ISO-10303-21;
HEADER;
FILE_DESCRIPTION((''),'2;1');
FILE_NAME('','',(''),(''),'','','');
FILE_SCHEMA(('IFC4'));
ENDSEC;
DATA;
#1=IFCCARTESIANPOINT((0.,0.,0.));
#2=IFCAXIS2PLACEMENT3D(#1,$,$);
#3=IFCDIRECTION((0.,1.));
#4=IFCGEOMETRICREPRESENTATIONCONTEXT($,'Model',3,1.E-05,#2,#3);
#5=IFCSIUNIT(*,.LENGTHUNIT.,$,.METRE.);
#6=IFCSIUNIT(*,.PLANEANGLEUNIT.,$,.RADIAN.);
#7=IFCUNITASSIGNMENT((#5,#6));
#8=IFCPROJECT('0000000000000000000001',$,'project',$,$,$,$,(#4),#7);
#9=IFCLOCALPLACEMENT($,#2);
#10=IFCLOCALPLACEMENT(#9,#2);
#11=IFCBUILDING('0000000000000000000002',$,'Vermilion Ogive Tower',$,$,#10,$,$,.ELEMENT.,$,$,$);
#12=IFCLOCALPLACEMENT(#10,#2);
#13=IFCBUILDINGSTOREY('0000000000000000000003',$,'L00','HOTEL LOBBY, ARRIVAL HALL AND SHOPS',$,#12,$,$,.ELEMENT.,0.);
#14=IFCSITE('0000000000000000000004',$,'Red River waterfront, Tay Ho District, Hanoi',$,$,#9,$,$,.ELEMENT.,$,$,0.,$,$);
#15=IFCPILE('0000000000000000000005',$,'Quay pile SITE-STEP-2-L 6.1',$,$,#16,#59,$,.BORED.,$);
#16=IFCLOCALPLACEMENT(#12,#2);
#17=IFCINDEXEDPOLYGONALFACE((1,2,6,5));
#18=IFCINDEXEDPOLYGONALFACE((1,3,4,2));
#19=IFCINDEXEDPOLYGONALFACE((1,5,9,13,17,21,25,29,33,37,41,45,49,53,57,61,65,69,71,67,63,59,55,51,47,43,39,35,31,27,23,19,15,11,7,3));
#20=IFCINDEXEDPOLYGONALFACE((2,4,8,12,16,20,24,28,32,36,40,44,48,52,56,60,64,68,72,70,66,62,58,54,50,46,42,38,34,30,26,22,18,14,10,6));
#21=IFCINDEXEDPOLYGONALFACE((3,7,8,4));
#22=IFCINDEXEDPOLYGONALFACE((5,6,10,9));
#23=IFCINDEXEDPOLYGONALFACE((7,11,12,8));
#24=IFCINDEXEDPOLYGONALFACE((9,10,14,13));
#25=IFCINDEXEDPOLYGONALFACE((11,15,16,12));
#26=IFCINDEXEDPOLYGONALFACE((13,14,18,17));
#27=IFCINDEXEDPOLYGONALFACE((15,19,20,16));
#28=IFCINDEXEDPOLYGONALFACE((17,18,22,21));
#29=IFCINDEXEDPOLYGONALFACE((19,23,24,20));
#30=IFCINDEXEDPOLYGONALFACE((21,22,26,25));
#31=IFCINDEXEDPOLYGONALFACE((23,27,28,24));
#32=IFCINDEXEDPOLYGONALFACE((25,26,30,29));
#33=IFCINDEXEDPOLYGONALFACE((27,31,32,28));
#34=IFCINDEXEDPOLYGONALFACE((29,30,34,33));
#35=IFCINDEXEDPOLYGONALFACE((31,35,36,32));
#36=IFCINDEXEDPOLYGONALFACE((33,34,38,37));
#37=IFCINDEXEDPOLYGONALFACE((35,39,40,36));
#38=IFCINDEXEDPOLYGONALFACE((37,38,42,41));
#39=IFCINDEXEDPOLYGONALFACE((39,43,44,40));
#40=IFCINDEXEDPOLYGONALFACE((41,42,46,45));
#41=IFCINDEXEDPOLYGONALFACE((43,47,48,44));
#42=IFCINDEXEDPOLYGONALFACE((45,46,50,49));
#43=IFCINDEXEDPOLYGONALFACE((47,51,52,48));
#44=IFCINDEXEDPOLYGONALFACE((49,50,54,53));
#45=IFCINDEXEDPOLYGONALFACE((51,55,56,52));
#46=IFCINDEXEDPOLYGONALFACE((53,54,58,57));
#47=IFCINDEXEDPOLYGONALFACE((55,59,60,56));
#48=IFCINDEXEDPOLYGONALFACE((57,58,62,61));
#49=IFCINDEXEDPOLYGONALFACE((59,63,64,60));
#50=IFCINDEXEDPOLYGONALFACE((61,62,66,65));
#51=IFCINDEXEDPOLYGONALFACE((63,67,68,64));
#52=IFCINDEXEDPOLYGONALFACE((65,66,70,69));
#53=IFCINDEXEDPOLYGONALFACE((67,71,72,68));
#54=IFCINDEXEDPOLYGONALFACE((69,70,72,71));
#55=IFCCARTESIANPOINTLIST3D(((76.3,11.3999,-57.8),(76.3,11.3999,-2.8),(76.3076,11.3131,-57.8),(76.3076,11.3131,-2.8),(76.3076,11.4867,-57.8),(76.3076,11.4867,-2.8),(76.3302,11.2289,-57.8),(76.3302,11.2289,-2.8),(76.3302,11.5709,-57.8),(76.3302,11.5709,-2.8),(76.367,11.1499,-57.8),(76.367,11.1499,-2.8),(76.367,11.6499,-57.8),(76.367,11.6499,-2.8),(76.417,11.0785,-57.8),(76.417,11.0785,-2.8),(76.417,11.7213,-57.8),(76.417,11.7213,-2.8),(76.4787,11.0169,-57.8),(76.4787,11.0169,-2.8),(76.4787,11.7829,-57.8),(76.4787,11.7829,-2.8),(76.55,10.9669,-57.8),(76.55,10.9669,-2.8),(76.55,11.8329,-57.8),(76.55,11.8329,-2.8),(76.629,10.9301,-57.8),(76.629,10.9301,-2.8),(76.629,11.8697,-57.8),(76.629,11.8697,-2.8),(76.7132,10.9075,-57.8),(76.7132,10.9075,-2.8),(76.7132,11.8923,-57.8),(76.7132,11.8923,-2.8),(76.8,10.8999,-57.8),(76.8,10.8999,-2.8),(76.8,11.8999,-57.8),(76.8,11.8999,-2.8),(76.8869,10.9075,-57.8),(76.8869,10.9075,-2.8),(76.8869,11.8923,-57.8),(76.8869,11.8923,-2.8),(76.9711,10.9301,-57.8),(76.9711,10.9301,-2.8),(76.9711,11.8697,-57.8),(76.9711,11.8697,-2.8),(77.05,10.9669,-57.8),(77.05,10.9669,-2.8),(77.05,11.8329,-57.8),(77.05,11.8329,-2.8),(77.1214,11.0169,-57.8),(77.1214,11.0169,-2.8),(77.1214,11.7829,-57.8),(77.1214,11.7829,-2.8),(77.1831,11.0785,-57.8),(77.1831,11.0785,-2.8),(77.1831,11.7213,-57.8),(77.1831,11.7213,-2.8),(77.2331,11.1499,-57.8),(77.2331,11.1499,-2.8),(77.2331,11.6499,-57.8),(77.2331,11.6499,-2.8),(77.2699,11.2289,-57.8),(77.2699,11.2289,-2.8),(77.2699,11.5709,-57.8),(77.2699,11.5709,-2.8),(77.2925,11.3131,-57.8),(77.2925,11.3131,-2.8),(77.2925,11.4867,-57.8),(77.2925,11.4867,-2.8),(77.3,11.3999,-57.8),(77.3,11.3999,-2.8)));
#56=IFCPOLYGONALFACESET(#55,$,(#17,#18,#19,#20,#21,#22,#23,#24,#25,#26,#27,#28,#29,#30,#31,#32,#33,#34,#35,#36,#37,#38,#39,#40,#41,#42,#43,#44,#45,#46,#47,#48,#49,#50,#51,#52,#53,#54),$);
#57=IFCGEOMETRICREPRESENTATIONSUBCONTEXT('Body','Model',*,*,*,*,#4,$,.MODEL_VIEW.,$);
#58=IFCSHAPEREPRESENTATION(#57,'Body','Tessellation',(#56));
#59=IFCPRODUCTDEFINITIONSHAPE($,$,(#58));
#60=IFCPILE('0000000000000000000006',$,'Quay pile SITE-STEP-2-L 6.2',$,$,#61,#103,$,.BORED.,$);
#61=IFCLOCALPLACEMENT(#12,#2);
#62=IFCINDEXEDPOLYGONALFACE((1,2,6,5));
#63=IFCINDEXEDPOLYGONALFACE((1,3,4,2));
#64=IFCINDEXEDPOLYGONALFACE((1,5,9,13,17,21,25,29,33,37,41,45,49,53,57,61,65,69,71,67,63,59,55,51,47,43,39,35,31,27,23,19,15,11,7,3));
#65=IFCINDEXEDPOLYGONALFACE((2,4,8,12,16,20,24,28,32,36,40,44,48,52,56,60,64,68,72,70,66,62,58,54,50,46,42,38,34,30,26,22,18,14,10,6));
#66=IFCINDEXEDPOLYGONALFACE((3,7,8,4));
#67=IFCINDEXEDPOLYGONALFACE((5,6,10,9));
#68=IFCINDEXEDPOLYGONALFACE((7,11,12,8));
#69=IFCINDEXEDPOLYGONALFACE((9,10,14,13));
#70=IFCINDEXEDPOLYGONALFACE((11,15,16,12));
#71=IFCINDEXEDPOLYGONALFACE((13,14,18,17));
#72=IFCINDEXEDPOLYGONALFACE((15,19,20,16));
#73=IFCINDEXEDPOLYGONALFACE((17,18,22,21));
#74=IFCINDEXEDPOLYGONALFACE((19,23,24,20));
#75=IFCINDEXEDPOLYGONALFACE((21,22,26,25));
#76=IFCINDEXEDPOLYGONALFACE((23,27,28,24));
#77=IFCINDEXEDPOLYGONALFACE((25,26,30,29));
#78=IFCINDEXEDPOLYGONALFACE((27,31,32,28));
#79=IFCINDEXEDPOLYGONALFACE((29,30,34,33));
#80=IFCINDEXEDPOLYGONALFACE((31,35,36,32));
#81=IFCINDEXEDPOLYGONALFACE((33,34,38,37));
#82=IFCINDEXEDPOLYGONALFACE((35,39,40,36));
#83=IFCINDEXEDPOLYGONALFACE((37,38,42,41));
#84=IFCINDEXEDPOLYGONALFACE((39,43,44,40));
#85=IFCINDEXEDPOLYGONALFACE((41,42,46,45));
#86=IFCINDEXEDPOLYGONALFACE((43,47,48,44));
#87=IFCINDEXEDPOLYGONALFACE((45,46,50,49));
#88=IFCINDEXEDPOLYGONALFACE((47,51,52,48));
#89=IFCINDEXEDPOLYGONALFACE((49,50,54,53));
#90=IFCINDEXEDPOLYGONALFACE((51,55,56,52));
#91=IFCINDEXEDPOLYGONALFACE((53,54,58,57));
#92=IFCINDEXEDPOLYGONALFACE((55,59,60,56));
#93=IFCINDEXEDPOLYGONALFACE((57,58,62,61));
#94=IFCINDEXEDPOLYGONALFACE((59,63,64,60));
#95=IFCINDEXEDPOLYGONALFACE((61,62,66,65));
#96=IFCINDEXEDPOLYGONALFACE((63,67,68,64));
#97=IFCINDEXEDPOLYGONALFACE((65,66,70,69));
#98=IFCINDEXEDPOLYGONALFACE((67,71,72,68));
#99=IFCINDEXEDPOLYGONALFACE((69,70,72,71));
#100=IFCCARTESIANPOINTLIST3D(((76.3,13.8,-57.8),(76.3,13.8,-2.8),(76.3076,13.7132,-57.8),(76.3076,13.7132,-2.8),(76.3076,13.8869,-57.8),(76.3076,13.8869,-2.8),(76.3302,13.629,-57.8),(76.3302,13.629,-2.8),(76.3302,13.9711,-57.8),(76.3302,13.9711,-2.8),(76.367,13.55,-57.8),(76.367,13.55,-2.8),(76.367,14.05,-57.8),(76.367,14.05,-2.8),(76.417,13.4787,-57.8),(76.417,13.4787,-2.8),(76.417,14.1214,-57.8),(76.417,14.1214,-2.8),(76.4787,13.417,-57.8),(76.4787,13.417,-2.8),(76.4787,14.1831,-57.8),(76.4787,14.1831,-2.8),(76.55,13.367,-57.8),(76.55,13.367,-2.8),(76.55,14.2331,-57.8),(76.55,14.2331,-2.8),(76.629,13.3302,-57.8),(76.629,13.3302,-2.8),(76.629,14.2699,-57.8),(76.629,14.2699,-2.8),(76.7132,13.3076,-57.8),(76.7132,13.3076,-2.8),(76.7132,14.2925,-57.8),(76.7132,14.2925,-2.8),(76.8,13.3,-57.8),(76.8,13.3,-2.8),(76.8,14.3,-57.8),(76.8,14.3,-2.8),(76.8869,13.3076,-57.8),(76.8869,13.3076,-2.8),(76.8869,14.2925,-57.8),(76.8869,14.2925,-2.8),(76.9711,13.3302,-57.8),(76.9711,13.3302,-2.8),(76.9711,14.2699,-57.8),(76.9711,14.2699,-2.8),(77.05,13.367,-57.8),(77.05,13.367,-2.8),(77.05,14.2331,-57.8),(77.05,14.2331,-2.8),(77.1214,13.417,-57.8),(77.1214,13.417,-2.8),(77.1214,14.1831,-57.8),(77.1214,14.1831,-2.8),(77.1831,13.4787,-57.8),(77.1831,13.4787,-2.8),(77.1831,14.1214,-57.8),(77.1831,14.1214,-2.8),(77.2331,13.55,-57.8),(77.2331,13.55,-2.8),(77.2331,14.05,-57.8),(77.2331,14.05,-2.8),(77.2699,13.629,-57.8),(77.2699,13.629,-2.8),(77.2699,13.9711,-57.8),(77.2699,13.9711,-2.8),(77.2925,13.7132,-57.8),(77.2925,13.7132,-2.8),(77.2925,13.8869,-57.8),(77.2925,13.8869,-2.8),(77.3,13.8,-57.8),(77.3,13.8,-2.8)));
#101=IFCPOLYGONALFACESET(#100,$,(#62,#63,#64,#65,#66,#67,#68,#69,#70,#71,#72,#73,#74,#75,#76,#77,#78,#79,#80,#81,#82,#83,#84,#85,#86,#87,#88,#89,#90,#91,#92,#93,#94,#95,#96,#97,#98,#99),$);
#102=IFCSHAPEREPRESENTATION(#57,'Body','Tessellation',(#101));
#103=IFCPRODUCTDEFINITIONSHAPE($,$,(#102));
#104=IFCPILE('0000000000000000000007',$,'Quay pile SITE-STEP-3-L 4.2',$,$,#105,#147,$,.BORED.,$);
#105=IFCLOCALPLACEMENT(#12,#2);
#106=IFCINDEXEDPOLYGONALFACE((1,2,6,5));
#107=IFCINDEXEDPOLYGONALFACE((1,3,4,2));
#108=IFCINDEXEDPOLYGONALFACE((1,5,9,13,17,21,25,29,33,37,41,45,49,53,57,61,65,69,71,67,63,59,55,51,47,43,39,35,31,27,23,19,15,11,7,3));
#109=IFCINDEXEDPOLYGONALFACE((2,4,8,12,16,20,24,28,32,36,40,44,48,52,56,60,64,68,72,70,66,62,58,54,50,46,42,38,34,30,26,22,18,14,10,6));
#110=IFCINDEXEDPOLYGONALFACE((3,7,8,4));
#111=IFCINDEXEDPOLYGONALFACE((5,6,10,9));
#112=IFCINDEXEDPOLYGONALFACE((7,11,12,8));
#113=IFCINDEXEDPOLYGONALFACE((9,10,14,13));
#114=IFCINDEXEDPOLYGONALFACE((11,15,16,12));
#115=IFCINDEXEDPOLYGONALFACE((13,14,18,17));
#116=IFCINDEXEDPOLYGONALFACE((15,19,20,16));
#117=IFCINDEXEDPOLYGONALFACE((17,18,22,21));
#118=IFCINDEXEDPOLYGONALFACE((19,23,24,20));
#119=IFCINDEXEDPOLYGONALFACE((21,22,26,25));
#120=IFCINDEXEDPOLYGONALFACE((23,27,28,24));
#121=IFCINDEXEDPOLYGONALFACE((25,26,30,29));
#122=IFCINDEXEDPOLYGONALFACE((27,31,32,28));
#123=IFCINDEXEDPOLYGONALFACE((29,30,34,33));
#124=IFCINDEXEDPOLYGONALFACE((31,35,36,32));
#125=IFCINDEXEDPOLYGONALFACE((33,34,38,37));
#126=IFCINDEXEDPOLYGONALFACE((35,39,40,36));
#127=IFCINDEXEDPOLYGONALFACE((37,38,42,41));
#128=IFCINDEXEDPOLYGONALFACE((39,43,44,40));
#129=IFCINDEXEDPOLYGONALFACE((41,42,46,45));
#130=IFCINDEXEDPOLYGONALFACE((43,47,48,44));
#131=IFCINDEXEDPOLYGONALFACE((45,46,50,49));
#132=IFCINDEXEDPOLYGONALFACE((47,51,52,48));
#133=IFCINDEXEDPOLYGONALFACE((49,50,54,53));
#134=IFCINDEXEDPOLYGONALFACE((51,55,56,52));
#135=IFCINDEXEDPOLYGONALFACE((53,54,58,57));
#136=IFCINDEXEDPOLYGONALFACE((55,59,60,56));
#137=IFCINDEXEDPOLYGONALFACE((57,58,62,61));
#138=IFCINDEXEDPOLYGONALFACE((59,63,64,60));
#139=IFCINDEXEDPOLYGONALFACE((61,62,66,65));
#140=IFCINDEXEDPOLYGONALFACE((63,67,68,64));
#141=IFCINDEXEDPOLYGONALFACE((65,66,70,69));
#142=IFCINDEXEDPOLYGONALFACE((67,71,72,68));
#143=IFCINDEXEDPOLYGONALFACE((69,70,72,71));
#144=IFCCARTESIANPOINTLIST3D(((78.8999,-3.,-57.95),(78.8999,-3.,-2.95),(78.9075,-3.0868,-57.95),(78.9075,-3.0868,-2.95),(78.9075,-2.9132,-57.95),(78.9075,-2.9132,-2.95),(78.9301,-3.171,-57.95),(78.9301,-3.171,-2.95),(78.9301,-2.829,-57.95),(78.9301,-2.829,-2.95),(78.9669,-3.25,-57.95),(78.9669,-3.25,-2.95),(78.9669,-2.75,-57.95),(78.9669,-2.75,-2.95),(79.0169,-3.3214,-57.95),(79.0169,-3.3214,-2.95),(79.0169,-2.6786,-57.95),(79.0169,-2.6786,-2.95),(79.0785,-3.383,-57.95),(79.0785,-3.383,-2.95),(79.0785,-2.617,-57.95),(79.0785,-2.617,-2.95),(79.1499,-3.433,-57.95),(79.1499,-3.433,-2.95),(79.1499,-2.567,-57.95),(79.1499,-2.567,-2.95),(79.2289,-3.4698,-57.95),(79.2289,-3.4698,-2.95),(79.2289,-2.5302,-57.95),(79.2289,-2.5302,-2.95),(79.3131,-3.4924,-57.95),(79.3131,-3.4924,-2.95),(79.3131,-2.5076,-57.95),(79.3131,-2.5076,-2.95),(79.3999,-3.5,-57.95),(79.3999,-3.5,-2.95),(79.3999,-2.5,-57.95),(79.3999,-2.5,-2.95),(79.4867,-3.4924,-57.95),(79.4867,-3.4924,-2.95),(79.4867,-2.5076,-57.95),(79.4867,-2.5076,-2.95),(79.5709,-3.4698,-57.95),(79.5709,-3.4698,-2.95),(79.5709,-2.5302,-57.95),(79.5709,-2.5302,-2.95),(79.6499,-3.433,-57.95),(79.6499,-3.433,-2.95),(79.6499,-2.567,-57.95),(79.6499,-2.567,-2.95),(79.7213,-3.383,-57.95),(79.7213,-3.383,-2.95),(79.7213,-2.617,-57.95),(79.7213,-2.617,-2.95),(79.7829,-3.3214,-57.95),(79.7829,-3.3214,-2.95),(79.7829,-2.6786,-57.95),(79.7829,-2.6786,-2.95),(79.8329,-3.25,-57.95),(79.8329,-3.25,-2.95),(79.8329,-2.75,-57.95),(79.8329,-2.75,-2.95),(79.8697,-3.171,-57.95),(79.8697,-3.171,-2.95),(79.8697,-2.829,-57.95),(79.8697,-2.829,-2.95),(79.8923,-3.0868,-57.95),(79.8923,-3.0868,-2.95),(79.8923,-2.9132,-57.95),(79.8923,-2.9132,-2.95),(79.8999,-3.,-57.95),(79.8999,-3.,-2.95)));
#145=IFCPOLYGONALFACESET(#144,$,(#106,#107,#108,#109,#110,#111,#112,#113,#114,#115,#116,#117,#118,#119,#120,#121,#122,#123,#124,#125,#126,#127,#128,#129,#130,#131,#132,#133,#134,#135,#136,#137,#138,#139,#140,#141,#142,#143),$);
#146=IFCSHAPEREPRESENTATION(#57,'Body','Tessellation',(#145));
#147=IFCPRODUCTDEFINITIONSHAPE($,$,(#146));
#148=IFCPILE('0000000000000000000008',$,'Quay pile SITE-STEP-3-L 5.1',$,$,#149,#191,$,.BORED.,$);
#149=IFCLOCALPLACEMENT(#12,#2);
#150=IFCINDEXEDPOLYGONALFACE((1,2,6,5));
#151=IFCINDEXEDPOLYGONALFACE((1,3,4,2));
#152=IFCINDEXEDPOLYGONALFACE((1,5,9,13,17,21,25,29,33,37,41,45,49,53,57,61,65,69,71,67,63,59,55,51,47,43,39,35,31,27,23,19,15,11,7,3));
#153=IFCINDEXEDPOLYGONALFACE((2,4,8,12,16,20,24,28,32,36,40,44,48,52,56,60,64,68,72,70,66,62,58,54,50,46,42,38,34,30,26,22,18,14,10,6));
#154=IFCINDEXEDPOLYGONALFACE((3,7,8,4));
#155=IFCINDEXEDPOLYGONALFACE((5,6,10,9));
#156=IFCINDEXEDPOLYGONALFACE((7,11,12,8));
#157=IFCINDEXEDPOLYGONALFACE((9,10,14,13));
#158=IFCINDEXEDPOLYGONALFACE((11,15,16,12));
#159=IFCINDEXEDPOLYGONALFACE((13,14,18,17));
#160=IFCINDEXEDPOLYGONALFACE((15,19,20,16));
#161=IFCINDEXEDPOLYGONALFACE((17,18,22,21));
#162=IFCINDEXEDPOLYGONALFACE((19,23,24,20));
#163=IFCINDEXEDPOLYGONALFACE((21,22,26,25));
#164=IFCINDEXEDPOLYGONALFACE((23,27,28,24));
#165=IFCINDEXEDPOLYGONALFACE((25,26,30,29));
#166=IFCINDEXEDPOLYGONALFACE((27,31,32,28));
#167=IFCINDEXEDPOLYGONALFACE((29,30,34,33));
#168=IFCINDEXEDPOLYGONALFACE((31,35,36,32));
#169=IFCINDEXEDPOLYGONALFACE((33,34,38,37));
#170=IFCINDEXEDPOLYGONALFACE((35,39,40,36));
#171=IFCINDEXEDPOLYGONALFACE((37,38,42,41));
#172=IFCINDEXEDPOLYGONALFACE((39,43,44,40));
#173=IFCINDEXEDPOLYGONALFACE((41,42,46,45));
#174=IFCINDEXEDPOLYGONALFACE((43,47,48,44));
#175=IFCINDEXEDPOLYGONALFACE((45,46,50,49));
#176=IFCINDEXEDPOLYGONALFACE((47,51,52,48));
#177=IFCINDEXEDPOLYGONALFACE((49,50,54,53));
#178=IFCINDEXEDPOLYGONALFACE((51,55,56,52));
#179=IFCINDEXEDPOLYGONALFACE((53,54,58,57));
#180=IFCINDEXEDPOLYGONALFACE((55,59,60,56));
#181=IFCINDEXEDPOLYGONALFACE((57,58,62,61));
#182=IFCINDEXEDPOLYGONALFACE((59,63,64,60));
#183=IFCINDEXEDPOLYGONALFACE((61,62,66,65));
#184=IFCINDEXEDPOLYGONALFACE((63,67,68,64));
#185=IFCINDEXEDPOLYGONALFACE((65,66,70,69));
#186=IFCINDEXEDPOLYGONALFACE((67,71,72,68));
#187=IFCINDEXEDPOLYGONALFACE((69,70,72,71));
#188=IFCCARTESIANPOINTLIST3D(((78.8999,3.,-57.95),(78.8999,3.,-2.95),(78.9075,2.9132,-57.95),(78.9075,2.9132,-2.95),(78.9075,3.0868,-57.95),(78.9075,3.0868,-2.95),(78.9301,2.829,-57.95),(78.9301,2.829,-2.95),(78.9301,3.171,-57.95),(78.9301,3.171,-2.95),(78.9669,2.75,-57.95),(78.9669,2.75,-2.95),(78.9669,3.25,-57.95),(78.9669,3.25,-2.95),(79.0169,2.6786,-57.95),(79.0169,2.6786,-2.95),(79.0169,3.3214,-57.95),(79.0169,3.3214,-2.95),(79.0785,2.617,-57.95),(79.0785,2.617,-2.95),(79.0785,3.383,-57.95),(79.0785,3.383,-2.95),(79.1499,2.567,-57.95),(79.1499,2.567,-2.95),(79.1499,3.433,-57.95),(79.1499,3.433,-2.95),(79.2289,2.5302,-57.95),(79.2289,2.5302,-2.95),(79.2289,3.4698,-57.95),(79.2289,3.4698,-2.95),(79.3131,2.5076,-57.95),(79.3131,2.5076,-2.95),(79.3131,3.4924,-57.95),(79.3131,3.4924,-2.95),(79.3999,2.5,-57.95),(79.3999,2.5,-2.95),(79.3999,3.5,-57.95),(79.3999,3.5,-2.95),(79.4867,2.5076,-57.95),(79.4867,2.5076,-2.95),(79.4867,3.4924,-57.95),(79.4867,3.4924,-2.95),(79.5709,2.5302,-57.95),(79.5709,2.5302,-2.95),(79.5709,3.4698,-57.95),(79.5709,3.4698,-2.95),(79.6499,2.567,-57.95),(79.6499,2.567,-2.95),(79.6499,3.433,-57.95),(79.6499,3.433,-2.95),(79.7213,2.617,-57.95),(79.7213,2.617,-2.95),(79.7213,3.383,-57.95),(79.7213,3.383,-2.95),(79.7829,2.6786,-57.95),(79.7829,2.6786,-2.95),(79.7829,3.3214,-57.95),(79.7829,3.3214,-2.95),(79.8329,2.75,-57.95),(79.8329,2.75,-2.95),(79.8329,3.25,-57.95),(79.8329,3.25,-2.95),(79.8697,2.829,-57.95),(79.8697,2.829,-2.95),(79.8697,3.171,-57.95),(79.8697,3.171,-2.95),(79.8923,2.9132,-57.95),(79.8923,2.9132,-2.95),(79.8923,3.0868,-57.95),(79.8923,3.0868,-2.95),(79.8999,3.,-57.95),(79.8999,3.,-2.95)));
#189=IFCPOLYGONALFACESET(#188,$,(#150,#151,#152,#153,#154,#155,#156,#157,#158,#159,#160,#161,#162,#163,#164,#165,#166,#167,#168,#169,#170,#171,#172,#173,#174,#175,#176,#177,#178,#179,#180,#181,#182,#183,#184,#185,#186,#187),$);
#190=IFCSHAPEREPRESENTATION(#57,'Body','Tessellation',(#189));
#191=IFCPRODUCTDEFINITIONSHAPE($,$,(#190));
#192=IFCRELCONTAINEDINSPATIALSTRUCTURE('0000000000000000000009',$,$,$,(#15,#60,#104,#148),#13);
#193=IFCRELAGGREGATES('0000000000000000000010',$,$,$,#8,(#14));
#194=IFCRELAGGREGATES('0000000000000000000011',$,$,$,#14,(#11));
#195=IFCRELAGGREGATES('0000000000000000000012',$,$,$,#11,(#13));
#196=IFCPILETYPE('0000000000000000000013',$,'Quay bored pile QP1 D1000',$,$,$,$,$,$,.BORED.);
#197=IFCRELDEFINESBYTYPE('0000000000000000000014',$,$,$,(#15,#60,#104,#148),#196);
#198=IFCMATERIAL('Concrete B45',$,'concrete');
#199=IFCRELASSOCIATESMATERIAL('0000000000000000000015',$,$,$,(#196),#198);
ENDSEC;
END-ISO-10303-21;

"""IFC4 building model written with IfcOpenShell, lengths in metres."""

from ifc_helpers import new_model, si_unit, direction, frame, origin, origin_2d, place, context, subcontext, project, spatial, circle, extrude, material, type_object, element, save


model = new_model("IFC4")

# Units and contexts
model_context = context("Model", 3, precision=1e-05, world=origin(), true_north=direction((0.0, 1.0)))
body_context = subcontext(model_context, "Body", "Model", "MODEL_VIEW")
ifc_project = project(units=[si_unit("LENGTHUNIT", "METRE"), si_unit("PLANEANGLEUNIT", "RADIAN")], contexts=[model_context])

# Site, building, storey
site_placement = place(None, origin())
site = spatial("IfcSite", under=ifc_project, at=site_placement, Name="Red River waterfront, Tay Ho District, Hanoi", CompositionType="ELEMENT", RefElevation=0.0)
building_placement = place(site_placement, origin())
building = spatial("IfcBuilding", under=site, at=building_placement, Name="Vermilion Ogive Tower", CompositionType="ELEMENT")
storey_placement = place(building_placement, origin())
storey = spatial("IfcBuildingStorey", under=building, at=storey_placement, Name="L00", Description="HOTEL LOBBY, ARRIVAL HALL AND SHOPS", CompositionType="ELEMENT", Elevation=0.0)

# Piles
ifc_material_1 = material(Name="Concrete B45", Category="concrete")
pile_type = type_object("IfcPileType", Name="Quay bored pile QP1 D1000", PredefinedType="BORED", material=ifc_material_1)
for number, where, z_axis, x_axis, name in (
    (1, (76.8, 11.3999, -2.8), (0.0, 0.0, -1.0), (1.0, 0.0, 0.0), "Quay pile SITE-STEP-2-L 6.1"),
    (2, (76.8, 13.8, -2.8), (0.0, 0.0, -1.0), (1.0, 0.0, 0.0), "Quay pile SITE-STEP-2-L 6.2"),
    (3, (79.3999, -3.0, -2.95), (0.0, 0.0, -1.0), (1.0, 0.0, 0.0), "Quay pile SITE-STEP-3-L 4.2"),
    (4, (79.3999, 3.0, -2.95), (0.0, 0.0, -1.0), (1.0, 0.0, 0.0), "Quay pile SITE-STEP-3-L 5.1"),
):
    element("IfcPile", number, at=place(storey_placement, frame(where, z_axis=z_axis, x_axis=x_axis)), inside=storey, type_object=pile_type, Name=name, PredefinedType="BORED", context=body_context, shape_type="SweptSolid", body=[
        extrude(circle(Radius=0.5, at=origin_2d()), origin(), (0.0, 0.0, 1.0), 55.0),
    ])

save(model, "model.ifc")
